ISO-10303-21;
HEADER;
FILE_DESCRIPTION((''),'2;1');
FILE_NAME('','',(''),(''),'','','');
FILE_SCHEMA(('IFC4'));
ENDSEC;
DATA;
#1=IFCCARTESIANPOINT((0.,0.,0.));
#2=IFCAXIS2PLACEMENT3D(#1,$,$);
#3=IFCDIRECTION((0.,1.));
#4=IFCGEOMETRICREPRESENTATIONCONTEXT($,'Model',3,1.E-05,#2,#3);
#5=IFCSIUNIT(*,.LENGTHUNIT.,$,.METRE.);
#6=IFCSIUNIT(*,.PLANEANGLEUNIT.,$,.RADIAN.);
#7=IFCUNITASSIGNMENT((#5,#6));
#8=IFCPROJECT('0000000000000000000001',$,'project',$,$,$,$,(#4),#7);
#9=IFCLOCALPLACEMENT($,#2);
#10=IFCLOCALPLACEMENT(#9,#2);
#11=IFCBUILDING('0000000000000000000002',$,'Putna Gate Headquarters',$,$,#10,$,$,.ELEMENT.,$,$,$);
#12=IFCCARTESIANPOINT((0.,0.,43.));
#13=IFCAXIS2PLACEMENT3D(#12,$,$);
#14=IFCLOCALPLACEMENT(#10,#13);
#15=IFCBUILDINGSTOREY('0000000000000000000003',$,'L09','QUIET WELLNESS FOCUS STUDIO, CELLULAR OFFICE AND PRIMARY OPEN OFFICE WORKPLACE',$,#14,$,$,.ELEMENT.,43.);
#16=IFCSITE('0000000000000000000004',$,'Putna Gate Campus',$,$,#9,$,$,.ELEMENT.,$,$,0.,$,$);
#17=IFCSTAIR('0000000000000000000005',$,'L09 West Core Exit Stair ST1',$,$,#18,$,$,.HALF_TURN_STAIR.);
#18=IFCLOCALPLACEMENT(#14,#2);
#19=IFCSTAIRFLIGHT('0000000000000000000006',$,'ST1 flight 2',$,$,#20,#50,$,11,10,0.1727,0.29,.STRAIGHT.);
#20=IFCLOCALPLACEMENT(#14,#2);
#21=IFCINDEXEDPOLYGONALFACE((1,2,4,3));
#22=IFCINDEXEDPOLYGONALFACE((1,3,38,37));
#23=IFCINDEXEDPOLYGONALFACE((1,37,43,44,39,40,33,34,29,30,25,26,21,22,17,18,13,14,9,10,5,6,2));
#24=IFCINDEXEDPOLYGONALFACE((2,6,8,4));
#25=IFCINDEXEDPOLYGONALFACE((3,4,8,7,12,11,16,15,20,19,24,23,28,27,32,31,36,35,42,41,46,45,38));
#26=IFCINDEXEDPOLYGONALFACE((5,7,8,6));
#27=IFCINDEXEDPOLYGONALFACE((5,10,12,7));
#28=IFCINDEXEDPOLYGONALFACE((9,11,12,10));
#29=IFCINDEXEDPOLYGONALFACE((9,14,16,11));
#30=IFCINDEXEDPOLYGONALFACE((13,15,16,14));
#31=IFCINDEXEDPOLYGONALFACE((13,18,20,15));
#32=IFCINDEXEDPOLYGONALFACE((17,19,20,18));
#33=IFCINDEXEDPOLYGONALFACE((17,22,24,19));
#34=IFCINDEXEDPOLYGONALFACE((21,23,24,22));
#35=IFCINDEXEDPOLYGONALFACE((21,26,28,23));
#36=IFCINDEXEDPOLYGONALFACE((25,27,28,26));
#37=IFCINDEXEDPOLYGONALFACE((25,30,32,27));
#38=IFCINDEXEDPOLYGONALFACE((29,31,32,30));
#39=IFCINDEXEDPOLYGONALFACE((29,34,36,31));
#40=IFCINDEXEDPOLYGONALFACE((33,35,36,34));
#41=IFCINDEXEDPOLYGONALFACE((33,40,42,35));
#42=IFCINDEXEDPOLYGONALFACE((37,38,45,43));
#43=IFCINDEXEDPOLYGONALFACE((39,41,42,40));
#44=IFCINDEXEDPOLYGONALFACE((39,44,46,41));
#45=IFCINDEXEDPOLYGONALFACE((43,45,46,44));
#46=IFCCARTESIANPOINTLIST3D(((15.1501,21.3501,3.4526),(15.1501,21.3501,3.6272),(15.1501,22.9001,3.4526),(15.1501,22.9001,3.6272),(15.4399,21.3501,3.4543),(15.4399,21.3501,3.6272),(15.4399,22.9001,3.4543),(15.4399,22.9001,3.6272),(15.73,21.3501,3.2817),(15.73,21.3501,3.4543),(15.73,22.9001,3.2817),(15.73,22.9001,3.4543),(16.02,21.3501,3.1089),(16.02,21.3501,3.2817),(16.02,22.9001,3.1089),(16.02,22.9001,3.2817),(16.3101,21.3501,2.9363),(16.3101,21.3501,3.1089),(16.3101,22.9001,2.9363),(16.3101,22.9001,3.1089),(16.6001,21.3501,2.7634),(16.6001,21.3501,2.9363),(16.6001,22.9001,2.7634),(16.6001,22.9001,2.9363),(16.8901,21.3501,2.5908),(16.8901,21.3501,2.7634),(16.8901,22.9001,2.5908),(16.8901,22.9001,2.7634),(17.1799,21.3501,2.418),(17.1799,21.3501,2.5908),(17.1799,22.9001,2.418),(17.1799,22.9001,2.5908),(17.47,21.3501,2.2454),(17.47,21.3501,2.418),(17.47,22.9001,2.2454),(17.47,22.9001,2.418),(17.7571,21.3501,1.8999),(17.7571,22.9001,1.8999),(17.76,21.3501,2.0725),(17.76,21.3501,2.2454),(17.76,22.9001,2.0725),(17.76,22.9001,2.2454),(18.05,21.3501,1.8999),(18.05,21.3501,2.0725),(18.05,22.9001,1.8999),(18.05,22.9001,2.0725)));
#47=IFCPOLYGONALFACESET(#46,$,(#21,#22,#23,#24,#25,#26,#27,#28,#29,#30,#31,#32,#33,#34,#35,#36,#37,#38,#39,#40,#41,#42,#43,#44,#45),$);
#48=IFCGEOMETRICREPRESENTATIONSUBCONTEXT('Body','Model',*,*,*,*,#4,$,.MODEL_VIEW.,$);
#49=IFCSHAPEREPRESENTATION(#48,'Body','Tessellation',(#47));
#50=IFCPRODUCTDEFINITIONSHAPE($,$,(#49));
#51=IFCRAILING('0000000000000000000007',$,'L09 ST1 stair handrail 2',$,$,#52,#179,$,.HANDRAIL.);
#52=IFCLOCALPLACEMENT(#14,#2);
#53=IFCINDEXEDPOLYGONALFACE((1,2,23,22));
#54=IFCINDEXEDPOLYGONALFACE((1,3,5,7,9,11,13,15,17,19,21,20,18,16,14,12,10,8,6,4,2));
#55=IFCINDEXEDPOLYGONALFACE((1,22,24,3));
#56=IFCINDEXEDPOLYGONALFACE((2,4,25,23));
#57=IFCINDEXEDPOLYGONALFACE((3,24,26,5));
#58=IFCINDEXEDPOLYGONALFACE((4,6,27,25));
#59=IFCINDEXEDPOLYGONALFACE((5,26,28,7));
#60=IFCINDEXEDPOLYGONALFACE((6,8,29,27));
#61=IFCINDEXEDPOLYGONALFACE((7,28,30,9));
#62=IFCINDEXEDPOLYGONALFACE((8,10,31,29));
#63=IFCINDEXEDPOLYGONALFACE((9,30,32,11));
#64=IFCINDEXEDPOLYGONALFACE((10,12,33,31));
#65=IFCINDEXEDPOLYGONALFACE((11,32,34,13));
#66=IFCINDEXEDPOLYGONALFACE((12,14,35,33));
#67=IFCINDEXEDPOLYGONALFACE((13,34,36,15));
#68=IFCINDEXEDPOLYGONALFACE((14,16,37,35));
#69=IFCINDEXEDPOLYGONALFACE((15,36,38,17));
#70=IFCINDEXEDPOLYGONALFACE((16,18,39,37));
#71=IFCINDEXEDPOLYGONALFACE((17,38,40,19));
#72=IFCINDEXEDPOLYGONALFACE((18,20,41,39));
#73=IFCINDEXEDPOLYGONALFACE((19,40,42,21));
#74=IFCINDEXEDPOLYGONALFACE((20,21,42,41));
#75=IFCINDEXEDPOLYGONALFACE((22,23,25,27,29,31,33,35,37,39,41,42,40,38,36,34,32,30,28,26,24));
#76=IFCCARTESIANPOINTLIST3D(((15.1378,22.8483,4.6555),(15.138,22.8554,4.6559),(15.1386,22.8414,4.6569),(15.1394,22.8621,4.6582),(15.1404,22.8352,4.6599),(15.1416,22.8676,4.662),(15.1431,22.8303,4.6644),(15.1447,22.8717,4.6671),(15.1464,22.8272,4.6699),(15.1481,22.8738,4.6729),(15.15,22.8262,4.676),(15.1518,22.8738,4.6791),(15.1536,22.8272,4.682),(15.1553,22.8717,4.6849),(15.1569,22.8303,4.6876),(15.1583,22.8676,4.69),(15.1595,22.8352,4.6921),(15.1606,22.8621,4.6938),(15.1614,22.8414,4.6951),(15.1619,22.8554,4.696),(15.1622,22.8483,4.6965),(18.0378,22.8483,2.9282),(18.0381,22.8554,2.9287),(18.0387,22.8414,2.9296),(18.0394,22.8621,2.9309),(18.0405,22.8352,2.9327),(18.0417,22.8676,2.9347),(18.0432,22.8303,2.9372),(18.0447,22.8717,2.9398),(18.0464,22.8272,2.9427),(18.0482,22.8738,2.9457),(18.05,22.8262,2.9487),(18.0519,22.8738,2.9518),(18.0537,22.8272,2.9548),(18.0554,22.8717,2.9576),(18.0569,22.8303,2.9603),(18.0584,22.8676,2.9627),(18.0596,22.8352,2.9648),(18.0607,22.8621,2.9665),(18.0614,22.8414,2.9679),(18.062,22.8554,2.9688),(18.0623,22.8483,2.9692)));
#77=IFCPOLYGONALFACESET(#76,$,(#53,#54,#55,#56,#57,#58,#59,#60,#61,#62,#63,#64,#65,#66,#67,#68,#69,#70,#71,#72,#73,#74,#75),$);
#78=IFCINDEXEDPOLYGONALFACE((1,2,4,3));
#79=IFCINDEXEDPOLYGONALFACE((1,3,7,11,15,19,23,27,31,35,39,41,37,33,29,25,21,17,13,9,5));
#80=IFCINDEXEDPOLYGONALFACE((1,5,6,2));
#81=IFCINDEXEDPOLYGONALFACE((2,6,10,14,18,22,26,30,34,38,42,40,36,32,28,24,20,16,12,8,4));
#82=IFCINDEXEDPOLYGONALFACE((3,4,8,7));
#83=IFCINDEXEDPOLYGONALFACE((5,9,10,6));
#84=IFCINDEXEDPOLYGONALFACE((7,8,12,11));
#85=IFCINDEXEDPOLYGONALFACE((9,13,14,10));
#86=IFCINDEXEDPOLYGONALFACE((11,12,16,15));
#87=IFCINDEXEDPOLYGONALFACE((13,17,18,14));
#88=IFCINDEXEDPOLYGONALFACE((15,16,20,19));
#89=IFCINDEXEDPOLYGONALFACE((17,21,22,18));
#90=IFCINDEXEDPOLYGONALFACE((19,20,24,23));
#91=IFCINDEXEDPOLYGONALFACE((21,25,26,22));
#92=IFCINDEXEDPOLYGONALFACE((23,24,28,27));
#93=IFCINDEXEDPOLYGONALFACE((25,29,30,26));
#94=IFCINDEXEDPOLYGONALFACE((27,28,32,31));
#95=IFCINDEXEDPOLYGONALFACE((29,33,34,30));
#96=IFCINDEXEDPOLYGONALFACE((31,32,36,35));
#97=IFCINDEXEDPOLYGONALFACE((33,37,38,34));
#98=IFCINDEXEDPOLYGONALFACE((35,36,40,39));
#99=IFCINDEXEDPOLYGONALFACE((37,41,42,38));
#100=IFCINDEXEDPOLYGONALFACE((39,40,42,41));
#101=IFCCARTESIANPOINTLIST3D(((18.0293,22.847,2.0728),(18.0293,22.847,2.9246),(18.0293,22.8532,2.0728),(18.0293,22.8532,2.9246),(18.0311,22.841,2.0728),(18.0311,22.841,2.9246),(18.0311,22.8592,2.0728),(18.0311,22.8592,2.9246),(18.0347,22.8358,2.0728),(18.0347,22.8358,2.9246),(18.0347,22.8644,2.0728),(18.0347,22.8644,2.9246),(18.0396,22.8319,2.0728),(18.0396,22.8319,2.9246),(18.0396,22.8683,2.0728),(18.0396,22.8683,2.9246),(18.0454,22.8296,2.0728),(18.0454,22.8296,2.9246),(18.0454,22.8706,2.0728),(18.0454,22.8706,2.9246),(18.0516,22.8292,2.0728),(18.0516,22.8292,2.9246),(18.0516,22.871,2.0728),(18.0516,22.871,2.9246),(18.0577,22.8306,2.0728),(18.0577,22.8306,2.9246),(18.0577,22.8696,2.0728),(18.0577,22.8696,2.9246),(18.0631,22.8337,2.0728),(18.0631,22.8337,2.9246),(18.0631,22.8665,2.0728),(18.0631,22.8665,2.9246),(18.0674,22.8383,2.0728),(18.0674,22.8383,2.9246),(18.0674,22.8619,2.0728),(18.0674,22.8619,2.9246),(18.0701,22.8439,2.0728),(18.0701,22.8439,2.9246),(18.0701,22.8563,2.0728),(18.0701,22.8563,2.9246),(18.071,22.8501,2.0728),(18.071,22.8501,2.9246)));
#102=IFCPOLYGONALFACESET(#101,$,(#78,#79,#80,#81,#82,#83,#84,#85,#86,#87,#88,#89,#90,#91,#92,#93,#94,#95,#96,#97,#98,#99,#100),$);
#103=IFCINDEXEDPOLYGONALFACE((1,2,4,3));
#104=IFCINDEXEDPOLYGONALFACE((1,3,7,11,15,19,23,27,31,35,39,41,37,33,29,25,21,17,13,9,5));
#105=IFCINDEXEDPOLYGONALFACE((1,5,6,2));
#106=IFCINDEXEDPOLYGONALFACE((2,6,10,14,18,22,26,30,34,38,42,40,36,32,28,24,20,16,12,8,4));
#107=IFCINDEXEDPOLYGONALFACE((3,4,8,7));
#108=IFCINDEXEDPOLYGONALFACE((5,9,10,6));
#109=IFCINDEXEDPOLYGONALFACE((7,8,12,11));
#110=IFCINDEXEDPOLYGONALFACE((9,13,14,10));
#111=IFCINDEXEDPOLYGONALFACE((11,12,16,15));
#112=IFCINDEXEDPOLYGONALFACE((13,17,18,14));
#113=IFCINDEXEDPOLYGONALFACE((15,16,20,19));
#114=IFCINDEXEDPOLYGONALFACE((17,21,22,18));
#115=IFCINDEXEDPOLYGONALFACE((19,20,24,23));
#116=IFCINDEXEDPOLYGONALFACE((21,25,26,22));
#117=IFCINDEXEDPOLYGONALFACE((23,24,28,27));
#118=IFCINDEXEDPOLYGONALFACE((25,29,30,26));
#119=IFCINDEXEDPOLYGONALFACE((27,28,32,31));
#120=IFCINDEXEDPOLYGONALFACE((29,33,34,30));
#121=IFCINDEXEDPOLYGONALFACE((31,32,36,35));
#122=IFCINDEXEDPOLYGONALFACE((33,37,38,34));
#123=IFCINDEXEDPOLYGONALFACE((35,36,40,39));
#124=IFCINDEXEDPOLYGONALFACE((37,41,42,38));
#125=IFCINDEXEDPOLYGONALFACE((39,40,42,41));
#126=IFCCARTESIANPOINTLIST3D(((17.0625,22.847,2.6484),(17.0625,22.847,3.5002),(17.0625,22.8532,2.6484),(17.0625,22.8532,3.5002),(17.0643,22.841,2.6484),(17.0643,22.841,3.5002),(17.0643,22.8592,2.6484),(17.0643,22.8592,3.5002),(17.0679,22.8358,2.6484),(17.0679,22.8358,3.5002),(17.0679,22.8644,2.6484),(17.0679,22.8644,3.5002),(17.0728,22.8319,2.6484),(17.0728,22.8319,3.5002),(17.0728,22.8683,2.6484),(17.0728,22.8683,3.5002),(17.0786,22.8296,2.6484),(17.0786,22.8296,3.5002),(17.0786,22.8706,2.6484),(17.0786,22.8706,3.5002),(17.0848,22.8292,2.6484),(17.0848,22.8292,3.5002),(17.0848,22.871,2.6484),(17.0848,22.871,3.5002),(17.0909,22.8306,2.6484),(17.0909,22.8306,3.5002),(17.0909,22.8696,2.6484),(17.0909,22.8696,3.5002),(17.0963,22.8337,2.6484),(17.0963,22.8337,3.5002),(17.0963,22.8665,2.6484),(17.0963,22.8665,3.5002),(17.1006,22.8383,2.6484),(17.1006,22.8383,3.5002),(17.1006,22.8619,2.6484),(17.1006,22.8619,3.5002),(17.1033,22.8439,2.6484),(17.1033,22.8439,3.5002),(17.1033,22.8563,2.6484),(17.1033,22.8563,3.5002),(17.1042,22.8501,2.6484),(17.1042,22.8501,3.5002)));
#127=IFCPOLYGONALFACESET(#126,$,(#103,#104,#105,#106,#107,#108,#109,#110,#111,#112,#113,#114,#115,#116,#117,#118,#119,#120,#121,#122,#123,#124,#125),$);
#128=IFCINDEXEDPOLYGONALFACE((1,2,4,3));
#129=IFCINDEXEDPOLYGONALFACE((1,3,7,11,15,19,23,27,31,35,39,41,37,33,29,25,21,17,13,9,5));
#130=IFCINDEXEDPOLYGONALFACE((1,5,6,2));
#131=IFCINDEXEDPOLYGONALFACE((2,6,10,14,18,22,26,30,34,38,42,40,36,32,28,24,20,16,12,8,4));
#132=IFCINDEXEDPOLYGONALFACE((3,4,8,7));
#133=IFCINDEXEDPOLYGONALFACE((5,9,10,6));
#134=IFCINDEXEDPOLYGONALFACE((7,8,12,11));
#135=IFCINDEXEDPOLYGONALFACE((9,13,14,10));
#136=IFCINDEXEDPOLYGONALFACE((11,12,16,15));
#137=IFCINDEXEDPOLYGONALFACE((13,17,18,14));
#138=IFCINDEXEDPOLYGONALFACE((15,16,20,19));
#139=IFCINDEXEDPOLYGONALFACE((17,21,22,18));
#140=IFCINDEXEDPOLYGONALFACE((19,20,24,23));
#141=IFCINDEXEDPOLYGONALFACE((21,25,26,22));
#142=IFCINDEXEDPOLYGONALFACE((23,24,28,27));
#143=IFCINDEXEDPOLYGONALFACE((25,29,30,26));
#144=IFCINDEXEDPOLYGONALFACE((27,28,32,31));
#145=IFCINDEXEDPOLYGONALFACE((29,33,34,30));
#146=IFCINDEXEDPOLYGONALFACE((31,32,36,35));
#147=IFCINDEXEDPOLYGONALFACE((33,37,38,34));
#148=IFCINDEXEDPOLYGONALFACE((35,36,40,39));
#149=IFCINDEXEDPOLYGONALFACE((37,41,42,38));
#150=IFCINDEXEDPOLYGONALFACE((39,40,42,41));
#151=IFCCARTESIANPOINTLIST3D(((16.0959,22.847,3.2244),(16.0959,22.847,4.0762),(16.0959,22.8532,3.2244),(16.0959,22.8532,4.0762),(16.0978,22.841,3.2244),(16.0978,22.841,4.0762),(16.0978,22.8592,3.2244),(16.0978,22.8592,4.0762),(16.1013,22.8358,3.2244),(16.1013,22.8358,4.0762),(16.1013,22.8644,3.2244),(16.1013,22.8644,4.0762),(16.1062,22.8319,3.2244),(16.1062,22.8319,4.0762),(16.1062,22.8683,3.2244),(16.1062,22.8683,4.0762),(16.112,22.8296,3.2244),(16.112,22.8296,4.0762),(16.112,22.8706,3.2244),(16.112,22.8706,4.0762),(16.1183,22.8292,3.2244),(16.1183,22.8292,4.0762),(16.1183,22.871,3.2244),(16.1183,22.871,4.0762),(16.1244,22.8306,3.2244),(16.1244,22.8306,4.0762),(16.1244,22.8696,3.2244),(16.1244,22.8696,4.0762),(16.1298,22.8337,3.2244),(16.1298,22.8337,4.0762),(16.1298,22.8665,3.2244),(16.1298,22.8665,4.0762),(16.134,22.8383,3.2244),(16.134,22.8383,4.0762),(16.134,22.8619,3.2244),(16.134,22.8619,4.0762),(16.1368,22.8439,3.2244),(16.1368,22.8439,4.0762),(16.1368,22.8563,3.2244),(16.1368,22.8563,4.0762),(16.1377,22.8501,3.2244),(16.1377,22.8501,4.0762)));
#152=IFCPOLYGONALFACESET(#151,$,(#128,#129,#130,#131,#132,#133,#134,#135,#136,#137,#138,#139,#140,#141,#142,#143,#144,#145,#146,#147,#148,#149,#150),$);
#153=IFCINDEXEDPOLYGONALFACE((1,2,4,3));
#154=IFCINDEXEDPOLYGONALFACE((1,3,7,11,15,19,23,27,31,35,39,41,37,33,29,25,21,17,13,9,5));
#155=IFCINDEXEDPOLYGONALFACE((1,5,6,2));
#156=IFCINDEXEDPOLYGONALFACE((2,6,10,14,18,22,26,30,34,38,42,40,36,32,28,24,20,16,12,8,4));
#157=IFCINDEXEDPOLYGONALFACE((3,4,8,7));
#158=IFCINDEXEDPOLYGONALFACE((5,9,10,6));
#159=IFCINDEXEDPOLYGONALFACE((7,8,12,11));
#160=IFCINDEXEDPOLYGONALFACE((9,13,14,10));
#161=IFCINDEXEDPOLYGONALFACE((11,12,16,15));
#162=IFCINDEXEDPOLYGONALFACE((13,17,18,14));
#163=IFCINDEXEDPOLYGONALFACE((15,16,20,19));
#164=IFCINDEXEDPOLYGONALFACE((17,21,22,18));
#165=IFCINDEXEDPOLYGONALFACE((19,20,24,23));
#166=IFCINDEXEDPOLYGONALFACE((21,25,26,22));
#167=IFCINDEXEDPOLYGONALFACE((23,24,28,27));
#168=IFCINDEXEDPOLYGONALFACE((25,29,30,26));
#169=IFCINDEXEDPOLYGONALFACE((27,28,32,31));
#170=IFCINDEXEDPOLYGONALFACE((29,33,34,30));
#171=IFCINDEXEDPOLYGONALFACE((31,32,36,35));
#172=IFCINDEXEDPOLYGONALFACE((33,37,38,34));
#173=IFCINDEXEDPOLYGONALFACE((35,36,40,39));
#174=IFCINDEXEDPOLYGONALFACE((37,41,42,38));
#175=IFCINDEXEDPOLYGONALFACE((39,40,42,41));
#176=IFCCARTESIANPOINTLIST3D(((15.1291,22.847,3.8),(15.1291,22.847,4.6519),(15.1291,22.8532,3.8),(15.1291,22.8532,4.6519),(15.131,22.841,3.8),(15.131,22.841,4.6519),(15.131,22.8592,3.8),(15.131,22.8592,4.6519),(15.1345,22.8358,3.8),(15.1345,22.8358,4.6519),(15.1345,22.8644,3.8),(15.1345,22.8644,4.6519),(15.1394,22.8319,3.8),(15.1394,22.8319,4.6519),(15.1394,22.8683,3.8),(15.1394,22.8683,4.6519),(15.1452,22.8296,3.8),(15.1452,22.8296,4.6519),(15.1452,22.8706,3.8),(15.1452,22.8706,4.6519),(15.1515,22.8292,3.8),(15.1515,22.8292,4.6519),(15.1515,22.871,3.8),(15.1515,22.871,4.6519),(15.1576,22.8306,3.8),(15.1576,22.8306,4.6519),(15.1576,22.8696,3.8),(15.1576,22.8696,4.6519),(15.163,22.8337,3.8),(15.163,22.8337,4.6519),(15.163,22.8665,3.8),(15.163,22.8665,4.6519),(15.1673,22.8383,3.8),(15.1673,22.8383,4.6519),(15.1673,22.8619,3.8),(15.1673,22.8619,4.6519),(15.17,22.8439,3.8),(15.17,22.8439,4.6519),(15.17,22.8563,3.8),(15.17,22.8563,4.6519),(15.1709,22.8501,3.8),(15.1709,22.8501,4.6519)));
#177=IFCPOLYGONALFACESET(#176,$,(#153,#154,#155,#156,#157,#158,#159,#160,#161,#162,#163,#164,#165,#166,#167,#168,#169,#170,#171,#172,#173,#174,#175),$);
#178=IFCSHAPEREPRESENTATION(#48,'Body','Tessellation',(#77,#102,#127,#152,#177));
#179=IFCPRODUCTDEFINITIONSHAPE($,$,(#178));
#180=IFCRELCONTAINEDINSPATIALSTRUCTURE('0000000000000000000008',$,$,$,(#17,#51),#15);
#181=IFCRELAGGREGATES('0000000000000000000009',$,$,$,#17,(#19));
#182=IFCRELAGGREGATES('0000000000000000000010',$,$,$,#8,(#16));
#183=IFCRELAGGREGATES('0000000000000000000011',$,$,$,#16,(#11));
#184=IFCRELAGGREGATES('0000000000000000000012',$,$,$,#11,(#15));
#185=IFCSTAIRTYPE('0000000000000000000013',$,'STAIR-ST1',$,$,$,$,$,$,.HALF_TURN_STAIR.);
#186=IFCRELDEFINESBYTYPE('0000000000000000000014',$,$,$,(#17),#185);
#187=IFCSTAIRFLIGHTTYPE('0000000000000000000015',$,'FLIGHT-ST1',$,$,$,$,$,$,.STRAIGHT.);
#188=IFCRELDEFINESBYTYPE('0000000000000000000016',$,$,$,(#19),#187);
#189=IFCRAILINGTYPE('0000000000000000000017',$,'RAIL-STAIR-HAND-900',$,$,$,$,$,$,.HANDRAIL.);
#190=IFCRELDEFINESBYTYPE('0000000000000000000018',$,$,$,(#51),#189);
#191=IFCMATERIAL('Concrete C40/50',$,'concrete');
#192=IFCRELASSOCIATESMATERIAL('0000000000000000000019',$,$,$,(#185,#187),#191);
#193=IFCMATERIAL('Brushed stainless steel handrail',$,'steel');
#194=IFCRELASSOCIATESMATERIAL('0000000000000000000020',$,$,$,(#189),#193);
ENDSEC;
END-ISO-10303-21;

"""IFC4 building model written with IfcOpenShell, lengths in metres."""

from ifc_helpers import new_model, si_unit, direction, frame, origin, origin_2d, place, context, subcontext, project, spatial, polyline, circle, outline, extrude, material, type_object, element, aggregate, save


model = new_model("IFC4")

# Units and contexts
model_context = context("Model", 3, precision=1e-05, world=origin(), true_north=direction((0.0, 1.0)))
body_context = subcontext(model_context, "Body", "Model", "MODEL_VIEW")
ifc_project = project(units=[si_unit("LENGTHUNIT", "METRE"), si_unit("PLANEANGLEUNIT", "RADIAN")], contexts=[model_context])

# Site, building, storey
site_placement = place(None, origin())
site = spatial("IfcSite", under=ifc_project, at=site_placement, Name="Putna Gate Campus", CompositionType="ELEMENT", RefElevation=0.0)
building_placement = place(site_placement, origin())
building = spatial("IfcBuilding", under=site, at=building_placement, Name="Putna Gate Headquarters", CompositionType="ELEMENT")
storey_placement = place(building_placement, frame((0.0, 0.0, 43.0)))
storey = spatial("IfcBuildingStorey", under=building, at=storey_placement, Name="L09", Description="QUIET WELLNESS FOCUS STUDIO, CELLULAR OFFICE AND PRIMARY OPEN OFFICE WORKPLACE", CompositionType="ELEMENT", Elevation=43.0)

# Shared definitions
ifc_material_1 = material(Name="Concrete C40/50", Category="concrete")

# Stair, stair flight
stair_type = type_object("IfcStairType", Name="STAIR-ST1", PredefinedType="HALF_TURN_STAIR", material=ifc_material_1)
stair_placement = place(storey_placement, origin())
stair = element("IfcStair", 1, at=stair_placement, inside=storey, type_object=stair_type, Name="L09 West Core Exit Stair ST1", PredefinedType="HALF_TURN_STAIR")
stair_flight_type = type_object("IfcStairFlightType", Name="FLIGHT-ST1", PredefinedType="STRAIGHT", material=ifc_material_1)
stair_flight_placement = place(storey_placement, frame((18.05, 22.125, 1.8999), z_axis=(0.0, 0.0, 1.0), x_axis=(-1.0, 0.0, 0.0)))
stair_flight = element("IfcStairFlight", 2, at=stair_flight_placement, type_object=stair_flight_type, Name="ST1 flight 2", NumberOfRisers=11, NumberOfTreads=10, PredefinedType="STRAIGHT", RiserHeight=0.1727, TreadLength=0.29, context=body_context, shape_type="SweptSolid", body=[
    extrude(outline(polyline([(0.0, 0.0), (0.0, 0.1726), (0.29, 0.1726), (0.29, 0.3455), (0.5801, 0.3455), (0.5801, 0.5181), (0.8701, 0.5181), (0.8701, 0.6909), (1.1599, 0.6909), (1.1599, 0.8635), (1.45, 0.8635), (1.45, 1.0364), (1.74, 1.0364), (1.74, 1.209), (2.03, 1.209), (2.03, 1.3818), (2.3201, 1.3818), (2.3201, 1.5544), (2.6101, 1.5544), (2.6101, 1.7273), (2.8999, 1.7273), (2.8999, 1.8999), (2.8999, 1.5527), (0.293, 0.0), (0.0, 0.0)])), frame((0.0, 0.7749, 0.0), z_axis=(0.0, -1.0, 0.0), x_axis=(1.0, 0.0, 0.0)), (0.0, 0.0, 1.0), 1.55),
])
aggregate(stair, [stair_flight])

# Railing
ifc_material_2 = material(Name="Brushed stainless steel handrail", Category="steel")
railing_type_1 = type_object("IfcRailingType", Name="RAIL-STAIR-HAND-900", PredefinedType="HANDRAIL", material=ifc_material_2)
railing_1_placement = place(storey_placement, frame((18.05, 22.8501, 2.0728)))
element("IfcRailing", 3, at=railing_1_placement, inside=storey, type_object=railing_type_1, Name="L09 ST1 stair handrail 2", PredefinedType="HANDRAIL", context=body_context, shape_type="SweptSolid", body=[
    extrude(circle(Radius=0.0239, at=origin_2d()), frame((0.0, 0.0, 0.876), z_axis=(-0.85916, 0.0, 0.511706), x_axis=(0.0, -1.0, 0.0)), (0.0, 0.0, 1.0), 3.3755),
    extrude(circle(Radius=0.021, at=origin_2d()), origin(), (0.0, 0.0, 1.0), 0.8518),
    extrude(circle(Radius=0.021, at=origin_2d()), frame((-0.9668, 0.0, 0.5757)), (0.0, 0.0, 1.0), 0.8518),
    extrude(circle(Radius=0.021, at=origin_2d()), frame((-1.9333, 0.0, 1.1516)), (0.0, 0.0, 1.0), 0.8518),
    extrude(circle(Radius=0.021, at=origin_2d()), frame((-2.9001, 0.0, 1.7273)), (0.0, 0.0, 1.0), 0.8518),
])

save(model, "model.ifc")
